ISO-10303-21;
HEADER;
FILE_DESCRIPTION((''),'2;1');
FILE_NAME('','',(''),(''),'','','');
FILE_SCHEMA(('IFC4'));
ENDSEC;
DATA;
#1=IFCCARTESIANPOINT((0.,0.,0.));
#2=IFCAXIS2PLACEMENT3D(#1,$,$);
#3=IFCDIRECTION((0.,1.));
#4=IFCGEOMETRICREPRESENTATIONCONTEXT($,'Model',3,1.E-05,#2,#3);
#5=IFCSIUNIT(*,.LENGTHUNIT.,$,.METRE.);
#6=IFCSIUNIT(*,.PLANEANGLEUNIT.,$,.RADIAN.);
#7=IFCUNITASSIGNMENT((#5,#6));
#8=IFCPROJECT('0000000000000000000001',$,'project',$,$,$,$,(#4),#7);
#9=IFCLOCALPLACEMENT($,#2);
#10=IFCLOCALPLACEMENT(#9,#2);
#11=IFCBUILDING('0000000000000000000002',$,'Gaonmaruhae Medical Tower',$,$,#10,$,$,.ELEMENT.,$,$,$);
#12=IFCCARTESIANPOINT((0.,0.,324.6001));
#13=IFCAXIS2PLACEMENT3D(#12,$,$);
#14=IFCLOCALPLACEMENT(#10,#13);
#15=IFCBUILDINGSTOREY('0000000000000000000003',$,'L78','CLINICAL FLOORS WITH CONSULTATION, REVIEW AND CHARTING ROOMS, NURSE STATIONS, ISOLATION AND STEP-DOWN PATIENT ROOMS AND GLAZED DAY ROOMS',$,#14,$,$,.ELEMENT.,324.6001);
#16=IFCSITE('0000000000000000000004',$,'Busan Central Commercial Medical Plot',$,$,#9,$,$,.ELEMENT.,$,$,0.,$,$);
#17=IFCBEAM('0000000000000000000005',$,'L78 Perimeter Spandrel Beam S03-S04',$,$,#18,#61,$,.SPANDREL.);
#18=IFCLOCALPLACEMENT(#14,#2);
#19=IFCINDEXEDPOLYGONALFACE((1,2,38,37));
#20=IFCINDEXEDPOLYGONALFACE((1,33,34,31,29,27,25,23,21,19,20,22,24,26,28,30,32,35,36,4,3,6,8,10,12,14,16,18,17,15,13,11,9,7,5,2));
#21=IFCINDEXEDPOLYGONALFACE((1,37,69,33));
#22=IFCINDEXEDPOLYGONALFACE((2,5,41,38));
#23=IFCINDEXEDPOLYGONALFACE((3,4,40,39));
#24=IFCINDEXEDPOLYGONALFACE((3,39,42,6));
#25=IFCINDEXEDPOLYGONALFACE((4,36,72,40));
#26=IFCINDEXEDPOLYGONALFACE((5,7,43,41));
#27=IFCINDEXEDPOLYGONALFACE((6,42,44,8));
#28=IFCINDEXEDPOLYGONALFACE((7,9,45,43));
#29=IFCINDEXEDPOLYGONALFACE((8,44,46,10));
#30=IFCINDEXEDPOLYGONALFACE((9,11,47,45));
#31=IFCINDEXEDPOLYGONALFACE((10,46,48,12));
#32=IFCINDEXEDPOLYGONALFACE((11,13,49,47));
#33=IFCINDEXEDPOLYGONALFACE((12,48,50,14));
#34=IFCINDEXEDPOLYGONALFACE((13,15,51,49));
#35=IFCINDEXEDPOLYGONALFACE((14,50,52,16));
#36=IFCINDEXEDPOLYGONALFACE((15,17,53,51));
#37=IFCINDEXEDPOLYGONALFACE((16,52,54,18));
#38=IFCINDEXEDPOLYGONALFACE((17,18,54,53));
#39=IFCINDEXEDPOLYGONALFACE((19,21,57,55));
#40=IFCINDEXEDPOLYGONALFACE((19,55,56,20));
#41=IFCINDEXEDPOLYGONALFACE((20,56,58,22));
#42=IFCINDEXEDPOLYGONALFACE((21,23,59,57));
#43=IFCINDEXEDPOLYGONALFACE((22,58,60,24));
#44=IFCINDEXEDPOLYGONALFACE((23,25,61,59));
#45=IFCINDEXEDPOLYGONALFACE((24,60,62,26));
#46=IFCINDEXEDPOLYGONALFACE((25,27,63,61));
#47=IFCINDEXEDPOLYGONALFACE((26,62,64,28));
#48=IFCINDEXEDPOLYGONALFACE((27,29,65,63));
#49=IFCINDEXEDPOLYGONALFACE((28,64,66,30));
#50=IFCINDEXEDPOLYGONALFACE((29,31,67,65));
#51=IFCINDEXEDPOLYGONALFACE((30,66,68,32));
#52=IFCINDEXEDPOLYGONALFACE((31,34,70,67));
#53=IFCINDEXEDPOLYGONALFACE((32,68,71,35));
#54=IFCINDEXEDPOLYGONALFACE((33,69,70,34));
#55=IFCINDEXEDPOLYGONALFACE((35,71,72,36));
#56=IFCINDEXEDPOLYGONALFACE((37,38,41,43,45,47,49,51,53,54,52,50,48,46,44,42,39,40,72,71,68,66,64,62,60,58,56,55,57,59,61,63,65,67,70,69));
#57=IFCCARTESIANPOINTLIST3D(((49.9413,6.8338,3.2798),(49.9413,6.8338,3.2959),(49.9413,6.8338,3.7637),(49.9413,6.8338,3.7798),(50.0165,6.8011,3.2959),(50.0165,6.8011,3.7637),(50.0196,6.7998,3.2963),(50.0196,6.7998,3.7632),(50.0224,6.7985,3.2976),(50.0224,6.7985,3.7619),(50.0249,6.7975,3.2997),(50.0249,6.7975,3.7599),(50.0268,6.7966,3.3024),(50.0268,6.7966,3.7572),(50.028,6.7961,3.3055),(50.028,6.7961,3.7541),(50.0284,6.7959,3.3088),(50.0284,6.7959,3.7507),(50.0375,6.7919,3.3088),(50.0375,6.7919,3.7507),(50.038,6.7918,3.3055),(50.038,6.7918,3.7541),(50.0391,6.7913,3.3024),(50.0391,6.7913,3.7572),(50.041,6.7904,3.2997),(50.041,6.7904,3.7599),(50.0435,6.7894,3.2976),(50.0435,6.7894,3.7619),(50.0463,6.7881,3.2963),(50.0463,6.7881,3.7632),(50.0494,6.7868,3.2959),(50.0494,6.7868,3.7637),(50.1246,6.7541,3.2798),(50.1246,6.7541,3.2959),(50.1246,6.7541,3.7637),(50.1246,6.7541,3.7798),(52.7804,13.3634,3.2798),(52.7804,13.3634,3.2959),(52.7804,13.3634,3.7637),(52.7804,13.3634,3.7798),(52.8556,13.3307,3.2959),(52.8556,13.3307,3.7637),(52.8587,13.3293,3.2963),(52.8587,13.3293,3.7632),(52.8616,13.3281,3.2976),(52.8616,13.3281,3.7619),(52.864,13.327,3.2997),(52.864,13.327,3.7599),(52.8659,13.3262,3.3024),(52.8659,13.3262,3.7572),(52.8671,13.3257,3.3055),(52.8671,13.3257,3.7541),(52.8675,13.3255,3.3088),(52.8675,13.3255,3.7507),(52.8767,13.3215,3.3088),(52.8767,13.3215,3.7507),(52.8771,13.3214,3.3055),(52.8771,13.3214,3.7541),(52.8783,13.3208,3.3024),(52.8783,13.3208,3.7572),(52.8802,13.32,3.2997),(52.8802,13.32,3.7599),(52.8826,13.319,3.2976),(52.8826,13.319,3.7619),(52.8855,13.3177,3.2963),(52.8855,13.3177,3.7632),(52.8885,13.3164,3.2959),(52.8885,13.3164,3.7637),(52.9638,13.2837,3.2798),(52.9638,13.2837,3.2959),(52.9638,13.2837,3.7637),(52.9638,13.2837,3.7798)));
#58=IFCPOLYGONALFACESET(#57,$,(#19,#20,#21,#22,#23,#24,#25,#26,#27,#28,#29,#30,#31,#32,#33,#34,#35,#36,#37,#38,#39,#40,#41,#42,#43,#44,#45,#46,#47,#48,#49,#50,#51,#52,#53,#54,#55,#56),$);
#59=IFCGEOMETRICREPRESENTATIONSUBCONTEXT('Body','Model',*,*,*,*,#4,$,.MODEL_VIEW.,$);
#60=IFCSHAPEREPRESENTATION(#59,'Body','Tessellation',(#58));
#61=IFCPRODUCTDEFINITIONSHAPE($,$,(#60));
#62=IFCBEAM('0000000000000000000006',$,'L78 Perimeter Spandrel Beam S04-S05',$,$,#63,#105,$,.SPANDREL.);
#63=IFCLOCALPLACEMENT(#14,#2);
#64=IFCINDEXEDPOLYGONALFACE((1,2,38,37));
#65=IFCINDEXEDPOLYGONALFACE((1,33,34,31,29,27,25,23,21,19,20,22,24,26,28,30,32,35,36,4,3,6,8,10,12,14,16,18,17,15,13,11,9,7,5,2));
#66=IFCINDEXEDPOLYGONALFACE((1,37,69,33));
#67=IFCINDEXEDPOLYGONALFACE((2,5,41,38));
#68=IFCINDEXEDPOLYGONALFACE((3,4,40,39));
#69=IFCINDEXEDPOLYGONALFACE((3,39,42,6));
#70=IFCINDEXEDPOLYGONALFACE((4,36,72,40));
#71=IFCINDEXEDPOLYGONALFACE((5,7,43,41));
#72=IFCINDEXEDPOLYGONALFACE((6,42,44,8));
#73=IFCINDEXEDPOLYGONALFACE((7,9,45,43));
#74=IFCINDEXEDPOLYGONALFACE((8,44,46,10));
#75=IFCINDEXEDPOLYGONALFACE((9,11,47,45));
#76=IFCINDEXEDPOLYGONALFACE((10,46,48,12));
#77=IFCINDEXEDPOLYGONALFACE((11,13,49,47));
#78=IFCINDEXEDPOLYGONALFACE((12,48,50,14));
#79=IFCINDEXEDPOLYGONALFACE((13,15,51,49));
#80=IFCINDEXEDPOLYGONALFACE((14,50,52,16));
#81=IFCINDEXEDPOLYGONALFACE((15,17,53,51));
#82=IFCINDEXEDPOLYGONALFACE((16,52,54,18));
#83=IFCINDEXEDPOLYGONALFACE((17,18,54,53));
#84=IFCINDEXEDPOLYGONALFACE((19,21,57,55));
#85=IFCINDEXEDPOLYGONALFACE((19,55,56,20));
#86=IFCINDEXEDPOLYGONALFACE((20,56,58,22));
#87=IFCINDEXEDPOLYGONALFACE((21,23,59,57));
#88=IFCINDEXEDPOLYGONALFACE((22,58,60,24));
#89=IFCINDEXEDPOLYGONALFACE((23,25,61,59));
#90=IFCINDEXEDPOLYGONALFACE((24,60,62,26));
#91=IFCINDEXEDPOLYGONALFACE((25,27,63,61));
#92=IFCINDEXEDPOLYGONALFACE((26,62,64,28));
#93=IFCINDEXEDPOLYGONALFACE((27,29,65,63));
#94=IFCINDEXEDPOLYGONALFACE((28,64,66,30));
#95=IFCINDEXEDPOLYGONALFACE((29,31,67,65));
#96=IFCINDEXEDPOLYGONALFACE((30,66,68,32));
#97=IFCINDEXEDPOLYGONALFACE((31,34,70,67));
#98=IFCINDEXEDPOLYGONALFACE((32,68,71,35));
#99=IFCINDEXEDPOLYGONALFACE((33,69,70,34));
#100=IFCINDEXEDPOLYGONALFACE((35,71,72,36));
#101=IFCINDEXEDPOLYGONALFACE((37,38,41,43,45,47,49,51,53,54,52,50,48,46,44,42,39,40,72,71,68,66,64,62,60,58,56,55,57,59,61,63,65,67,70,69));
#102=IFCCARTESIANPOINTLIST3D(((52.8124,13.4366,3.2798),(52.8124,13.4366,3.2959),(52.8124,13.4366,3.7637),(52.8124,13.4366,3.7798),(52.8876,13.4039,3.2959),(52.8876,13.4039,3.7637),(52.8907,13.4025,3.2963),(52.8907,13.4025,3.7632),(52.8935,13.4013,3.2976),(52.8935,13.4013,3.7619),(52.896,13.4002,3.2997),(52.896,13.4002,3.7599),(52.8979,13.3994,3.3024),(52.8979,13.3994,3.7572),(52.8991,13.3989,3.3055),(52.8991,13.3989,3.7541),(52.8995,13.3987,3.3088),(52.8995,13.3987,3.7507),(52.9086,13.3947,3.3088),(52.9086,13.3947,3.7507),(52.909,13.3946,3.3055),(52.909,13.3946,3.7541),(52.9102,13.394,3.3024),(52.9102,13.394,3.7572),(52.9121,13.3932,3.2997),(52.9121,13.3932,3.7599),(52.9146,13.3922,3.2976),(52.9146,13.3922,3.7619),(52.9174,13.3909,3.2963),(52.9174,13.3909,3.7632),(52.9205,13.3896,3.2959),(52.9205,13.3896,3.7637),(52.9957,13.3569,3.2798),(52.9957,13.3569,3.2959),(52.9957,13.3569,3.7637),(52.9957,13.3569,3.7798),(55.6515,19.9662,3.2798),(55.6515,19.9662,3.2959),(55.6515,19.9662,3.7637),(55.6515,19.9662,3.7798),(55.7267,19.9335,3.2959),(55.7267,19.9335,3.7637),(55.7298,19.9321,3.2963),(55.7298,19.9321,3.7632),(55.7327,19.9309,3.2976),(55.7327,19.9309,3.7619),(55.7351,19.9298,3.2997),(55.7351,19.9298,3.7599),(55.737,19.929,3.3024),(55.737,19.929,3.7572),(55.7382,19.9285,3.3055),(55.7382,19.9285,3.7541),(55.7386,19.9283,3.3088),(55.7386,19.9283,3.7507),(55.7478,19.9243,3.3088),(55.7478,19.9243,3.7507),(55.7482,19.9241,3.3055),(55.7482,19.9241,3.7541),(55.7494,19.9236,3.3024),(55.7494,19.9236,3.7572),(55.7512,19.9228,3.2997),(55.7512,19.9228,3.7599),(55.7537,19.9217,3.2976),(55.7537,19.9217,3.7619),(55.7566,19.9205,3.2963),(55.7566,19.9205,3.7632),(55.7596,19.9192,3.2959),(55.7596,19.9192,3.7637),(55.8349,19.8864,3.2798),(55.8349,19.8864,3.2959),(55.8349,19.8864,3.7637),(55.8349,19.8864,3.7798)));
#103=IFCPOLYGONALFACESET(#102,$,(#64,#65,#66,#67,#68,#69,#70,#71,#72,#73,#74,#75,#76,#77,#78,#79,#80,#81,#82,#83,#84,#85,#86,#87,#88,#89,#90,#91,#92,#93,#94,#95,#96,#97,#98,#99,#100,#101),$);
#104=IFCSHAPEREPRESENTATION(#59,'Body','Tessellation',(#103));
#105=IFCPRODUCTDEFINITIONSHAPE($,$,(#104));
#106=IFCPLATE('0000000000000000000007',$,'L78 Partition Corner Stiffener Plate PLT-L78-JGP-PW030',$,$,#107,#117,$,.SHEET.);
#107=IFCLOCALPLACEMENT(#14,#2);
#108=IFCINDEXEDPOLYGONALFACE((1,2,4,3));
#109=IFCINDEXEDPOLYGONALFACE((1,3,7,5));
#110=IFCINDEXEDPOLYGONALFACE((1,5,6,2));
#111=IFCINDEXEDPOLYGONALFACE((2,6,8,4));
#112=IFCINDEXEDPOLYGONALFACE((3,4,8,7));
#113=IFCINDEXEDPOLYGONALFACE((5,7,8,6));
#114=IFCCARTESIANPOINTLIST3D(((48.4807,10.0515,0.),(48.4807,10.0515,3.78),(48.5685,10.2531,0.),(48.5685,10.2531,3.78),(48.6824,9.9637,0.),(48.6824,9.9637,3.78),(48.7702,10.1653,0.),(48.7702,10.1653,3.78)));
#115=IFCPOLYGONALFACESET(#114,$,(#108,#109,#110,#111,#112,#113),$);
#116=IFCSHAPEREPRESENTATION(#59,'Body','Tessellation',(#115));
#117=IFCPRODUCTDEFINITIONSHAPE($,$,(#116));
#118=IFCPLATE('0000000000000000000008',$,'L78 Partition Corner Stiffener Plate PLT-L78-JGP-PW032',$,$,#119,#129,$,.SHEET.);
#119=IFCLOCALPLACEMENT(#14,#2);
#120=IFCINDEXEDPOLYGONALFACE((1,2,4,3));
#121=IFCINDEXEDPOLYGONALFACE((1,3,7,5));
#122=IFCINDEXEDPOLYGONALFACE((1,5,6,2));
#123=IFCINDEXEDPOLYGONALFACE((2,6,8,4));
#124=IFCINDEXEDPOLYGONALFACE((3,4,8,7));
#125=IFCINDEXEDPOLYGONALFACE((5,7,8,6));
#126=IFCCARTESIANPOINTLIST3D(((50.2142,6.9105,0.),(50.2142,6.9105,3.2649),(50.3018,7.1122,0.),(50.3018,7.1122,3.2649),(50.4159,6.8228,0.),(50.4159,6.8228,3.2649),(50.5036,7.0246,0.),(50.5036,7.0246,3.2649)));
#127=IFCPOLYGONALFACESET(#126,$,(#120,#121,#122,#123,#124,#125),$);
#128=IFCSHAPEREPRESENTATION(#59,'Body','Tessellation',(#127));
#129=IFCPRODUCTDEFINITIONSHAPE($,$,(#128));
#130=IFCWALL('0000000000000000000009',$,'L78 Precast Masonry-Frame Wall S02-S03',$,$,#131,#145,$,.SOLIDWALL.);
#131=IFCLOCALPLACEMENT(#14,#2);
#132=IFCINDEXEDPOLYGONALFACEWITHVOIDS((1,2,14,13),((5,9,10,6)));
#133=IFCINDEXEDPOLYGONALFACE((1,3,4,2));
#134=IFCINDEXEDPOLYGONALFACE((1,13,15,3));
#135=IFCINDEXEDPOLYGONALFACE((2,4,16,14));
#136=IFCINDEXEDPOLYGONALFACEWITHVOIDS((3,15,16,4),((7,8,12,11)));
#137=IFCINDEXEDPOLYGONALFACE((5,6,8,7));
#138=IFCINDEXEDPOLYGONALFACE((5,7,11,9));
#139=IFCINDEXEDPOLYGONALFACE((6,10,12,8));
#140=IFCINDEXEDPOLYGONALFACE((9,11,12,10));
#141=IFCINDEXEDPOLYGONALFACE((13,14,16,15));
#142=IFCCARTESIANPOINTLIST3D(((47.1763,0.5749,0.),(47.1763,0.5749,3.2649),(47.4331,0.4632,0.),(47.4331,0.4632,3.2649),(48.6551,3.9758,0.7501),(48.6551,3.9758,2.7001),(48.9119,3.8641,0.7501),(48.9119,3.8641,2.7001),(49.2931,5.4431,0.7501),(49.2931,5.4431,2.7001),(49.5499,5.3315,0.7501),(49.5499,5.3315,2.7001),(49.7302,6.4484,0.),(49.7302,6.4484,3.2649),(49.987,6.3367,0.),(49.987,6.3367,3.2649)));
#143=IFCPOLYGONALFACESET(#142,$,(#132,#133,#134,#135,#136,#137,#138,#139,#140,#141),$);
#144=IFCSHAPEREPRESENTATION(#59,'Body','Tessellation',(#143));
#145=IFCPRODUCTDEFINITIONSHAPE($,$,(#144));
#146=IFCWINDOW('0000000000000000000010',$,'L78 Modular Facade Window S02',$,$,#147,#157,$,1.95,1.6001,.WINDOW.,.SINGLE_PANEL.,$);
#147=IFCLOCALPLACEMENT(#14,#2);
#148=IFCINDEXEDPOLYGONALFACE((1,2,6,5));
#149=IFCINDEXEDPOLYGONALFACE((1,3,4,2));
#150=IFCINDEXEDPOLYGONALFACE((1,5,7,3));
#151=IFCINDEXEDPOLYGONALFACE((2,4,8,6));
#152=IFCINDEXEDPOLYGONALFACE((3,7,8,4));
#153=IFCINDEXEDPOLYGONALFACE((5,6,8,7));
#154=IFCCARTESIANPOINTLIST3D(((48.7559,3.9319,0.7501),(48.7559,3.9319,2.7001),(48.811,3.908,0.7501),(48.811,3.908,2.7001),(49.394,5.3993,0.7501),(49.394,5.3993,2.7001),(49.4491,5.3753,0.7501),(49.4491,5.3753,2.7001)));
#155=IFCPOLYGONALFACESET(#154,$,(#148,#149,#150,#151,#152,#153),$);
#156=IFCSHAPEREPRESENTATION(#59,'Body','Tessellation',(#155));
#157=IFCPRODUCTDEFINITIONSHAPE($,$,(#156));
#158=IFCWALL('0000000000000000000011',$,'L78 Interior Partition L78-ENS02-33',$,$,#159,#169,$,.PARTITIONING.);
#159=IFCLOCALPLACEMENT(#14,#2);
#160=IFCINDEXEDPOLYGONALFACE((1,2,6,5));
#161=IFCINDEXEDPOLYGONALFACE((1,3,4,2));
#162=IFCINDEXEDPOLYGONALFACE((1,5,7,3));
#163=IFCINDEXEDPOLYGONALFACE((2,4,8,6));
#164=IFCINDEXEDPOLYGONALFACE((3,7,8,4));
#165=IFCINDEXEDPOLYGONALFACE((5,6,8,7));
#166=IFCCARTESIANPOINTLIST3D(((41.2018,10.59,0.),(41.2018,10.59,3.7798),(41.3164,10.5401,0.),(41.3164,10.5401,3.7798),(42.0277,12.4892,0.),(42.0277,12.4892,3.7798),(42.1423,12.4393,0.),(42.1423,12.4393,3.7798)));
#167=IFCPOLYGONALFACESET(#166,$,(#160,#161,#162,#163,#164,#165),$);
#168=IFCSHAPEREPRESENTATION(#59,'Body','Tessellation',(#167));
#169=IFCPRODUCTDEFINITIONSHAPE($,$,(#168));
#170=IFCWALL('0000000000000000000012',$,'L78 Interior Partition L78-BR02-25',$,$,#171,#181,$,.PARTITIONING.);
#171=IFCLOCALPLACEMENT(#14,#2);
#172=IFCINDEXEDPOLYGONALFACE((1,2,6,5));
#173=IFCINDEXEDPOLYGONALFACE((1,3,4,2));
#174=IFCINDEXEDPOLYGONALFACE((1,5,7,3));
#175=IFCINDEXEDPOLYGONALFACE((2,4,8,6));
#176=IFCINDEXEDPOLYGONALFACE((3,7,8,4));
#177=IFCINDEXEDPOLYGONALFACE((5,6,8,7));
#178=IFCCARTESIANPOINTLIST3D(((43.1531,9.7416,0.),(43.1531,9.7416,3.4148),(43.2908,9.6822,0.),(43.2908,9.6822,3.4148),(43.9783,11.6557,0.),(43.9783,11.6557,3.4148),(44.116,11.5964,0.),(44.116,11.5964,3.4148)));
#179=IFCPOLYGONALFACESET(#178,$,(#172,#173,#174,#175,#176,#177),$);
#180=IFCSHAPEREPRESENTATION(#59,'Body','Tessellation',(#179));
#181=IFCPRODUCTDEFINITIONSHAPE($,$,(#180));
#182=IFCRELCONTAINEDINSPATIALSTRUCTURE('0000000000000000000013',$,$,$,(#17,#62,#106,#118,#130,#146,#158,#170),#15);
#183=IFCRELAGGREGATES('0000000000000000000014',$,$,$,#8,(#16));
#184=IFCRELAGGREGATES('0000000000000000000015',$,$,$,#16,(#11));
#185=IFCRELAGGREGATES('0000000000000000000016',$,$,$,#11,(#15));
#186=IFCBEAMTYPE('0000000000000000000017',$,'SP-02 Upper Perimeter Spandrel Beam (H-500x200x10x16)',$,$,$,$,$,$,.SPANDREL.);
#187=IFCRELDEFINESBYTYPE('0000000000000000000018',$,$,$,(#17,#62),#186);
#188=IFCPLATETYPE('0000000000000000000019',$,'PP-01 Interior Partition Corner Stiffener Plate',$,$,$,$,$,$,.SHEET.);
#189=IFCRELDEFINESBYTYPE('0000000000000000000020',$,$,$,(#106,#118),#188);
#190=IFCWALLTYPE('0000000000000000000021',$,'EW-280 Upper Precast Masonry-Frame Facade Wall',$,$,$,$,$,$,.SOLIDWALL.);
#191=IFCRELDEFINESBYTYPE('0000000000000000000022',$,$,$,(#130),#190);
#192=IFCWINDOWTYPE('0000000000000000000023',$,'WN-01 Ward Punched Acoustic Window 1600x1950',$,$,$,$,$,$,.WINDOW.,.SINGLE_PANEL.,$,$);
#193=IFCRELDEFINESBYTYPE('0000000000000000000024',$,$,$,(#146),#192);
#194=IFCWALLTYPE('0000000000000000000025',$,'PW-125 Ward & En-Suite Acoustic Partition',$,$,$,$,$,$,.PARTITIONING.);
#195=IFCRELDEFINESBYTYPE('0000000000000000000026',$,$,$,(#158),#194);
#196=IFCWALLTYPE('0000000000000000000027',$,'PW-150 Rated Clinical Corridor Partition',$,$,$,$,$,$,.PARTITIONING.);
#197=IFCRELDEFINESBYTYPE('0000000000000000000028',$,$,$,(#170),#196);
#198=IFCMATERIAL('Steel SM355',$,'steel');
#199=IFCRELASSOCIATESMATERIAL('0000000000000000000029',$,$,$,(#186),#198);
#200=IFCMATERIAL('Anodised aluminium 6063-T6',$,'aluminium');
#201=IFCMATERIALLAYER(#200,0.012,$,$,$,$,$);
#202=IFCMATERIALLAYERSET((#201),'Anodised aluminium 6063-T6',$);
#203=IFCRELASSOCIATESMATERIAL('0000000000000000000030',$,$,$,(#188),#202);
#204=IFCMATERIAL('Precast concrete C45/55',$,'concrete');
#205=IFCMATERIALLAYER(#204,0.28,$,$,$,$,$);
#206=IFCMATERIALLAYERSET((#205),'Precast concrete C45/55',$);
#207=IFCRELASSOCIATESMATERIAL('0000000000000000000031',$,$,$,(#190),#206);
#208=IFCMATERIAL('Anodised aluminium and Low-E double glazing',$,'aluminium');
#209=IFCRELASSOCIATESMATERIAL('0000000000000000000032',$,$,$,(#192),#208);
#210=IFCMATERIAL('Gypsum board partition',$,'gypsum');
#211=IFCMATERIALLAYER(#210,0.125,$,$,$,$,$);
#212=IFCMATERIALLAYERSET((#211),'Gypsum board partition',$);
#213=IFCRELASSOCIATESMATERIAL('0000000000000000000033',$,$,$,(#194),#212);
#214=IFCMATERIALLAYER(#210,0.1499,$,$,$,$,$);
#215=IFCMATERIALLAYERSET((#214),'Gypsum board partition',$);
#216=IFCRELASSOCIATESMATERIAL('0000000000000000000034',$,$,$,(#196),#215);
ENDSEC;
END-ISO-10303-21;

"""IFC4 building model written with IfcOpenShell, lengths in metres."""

from ifc_helpers import new_model, si_unit, direction, frame, frame_2d, origin, origin_2d, place, context, subcontext, project, spatial, rectangle, i_section, extrude, material, layer, layer_set, material_profile, profile_set, type_object, element, fill, save


model = new_model("IFC4")

# Units and contexts
model_context = context("Model", 3, precision=1e-05, world=origin(), true_north=direction((0.0, 1.0)))
body_context = subcontext(model_context, "Body", "Model", "MODEL_VIEW")
ifc_project = project(units=[si_unit("LENGTHUNIT", "METRE"), si_unit("PLANEANGLEUNIT", "RADIAN")], contexts=[model_context])

# Site, building, storey
site_placement = place(None, origin())
site = spatial("IfcSite", under=ifc_project, at=site_placement, Name="Busan Central Commercial Medical Plot", CompositionType="ELEMENT", RefElevation=0.0)
building_placement = place(site_placement, origin())
building = spatial("IfcBuilding", under=site, at=building_placement, Name="Gaonmaruhae Medical Tower", CompositionType="ELEMENT")
storey_placement = place(building_placement, frame((0.0, 0.0, 324.6001)))
storey = spatial("IfcBuildingStorey", under=building, at=storey_placement, Name="L78", Description="CLINICAL FLOORS WITH CONSULTATION, REVIEW AND CHARTING ROOMS, NURSE STATIONS, ISOLATION AND STEP-DOWN PATIENT ROOMS AND GLAZED DAY ROOMS", CompositionType="ELEMENT", Elevation=324.6001)

# Beams
ifc_material_1 = material(Name="Steel SM355", Category="steel")
ifc_material_profile_1 = material_profile(ifc_material_1, i_section(OverallWidth=0.2, OverallDepth=0.5, WebThickness=0.01, FlangeThickness=0.0161, FilletRadius=0.0129, at=origin_2d()), Name="H-500x200x10x16")
ifc_profile_set_1 = profile_set([ifc_material_profile_1], Name="Steel SM355")
beam_type_1 = type_object("IfcBeamType", Name="SP-02 Upper Perimeter Spandrel Beam (H-500x200x10x16)", PredefinedType="SPANDREL", material=ifc_profile_set_1)
for number, where, z_axis, x_axis, name in (
    (1, (50.033, 6.7939, 3.5298), (0.398747, 0.917061, 0.0), (-0.917061, 0.398747, 0.0), "L78 Perimeter Spandrel Beam S03-S04"),
    (2, (52.9041, 13.3967, 3.5298), (0.398747, 0.917061, 0.0), (-0.917061, 0.398747, 0.0), "L78 Perimeter Spandrel Beam S04-S05"),
):
    element("IfcBeam", number, at=place(storey_placement, frame(where, z_axis=z_axis, x_axis=x_axis)), inside=storey, type_object=beam_type_1, Name=name, PredefinedType="SPANDREL", context=body_context, shape_type="SweptSolid", body=[
        extrude(i_section(OverallWidth=0.2, OverallDepth=0.5, WebThickness=0.01, FlangeThickness=0.0161, FilletRadius=0.0129, at=origin_2d()), origin(), (0.0, 0.0, 1.0), 7.1201),
    ])

# Plates
ifc_material_2 = material(Name="Anodised aluminium 6063-T6", Category="aluminium")
ifc_layer_1 = layer(ifc_material_2, 0.012)
ifc_layer_set_1 = layer_set([ifc_layer_1], Name="Anodised aluminium 6063-T6")
plate_type = type_object("IfcPlateType", Name="PP-01 Interior Partition Corner Stiffener Plate", PredefinedType="SHEET", material=ifc_layer_set_1)
plate_1_placement = place(storey_placement, frame((48.6255, 10.1084, 0.0), z_axis=(0.0, 0.0, 1.0), x_axis=(0.916872, -0.399181, 0.0)))
element("IfcPlate", 3, at=plate_1_placement, inside=storey, type_object=plate_type, Name="L78 Partition Corner Stiffener Plate PLT-L78-JGP-PW030", PredefinedType="SHEET", context=body_context, shape_type="SweptSolid", body=[
    extrude(rectangle(XDim=0.22, YDim=0.22, at=origin_2d()), origin(), (0.0, 0.0, 1.0), 3.78),
])
plate_2_placement = place(storey_placement, frame((50.3589, 6.9675, 0.0), z_axis=(0.0, 0.0, 1.0), x_axis=(-0.398509, -0.917164, 0.0)))
element("IfcPlate", 4, at=plate_2_placement, inside=storey, type_object=plate_type, Name="L78 Partition Corner Stiffener Plate PLT-L78-JGP-PW032", PredefinedType="SHEET", context=body_context, shape_type="SweptSolid", body=[
    extrude(rectangle(XDim=0.22, YDim=0.22, at=origin_2d()), origin(), (0.0, 0.0, 1.0), 3.2649),
])

# Wall, opening, window
ifc_material_3 = material(Name="Precast concrete C45/55", Category="concrete")
ifc_layer_2 = layer(ifc_material_3, 0.28)
ifc_layer_set_2 = layer_set([ifc_layer_2], Name="Precast concrete C45/55")
wall_type_1 = type_object("IfcWallType", Name="EW-280 Upper Precast Masonry-Frame Facade Wall", PredefinedType="SOLIDWALL", material=ifc_layer_set_2)
wall_1_placement = place(storey_placement, frame((49.8586, 6.3926, 0.0), z_axis=(0.0, 0.0, 1.0), x_axis=(-0.398758, -0.917056, 0.0)))
wall_1 = element("IfcWall", 5, at=wall_1_placement, inside=storey, type_object=wall_type_1, Name="L78 Precast Masonry-Frame Wall S02-S03", PredefinedType="SOLIDWALL", context=body_context, shape_type="SweptSolid", body=[
    extrude(rectangle(XDim=6.4048, YDim=0.28, at=frame_2d((3.2024, 0.0))), origin(), (0.0, 0.0, 1.0), 3.2649),
])
opening_1_placement = place(wall_1_placement, frame((1.0962, 0.0, 0.75)))
opening_1 = element("IfcOpeningElement", 6, at=opening_1_placement, cuts=wall_1, PredefinedType="OPENING", context=body_context, shape_type="SweptSolid", body=[
    extrude(rectangle(XDim=1.6001, YDim=1.95, at=frame_2d((0.8, 0.9751))), frame((0.0, 0.1499, 0.0), z_axis=(0.0, -1.0, 0.0), x_axis=(1.0, 0.0, 0.0)), (0.0, 0.0, 1.0), 0.3),
])
ifc_material_4 = material(Name="Anodised aluminium and Low-E double glazing", Category="aluminium")
window_type = type_object("IfcWindowType", Name="WN-01 Ward Punched Acoustic Window 1600x1950", PartitioningType="SINGLE_PANEL", PredefinedType="WINDOW", material=ifc_material_4)
window_placement = place(opening_1_placement, origin())
window = element("IfcWindow", 7, at=window_placement, inside=storey, type_object=window_type, Name="L78 Modular Facade Window S02", OverallHeight=1.95, OverallWidth=1.6001, PartitioningType="SINGLE_PANEL", PredefinedType="WINDOW", context=body_context, shape_type="SweptSolid", body=[
    extrude(rectangle(XDim=1.6001, YDim=1.95, at=frame_2d((0.8, 0.9751))), frame((0.0, 0.03, 0.0), z_axis=(0.0, -1.0, 0.0), x_axis=(1.0, 0.0, 0.0)), (0.0, 0.0, 1.0), 0.0601),
])
fill(opening_1, window)

# Walls
ifc_material_5 = material(Name="Gypsum board partition", Category="gypsum")
ifc_layer_3 = layer(ifc_material_5, 0.125)
ifc_layer_set_3 = layer_set([ifc_layer_3], Name="Gypsum board partition")
wall_type_2 = type_object("IfcWallType", Name="PW-125 Ward & En-Suite Acoustic Partition", PredefinedType="PARTITIONING", material=ifc_layer_set_3)
wall_2_placement = place(storey_placement, frame((41.259, 10.5649, 0.0), z_axis=(0.0, 0.0, 1.0), x_axis=(0.398808, 0.917034, 0.0)))
element("IfcWall", 8, at=wall_2_placement, inside=storey, type_object=wall_type_2, Name="L78 Interior Partition L78-ENS02-33", PredefinedType="PARTITIONING", context=body_context, shape_type="SweptSolid", body=[
    extrude(rectangle(XDim=2.071, YDim=0.125, at=frame_2d((1.0356, 0.0))), origin(), (0.0, 0.0, 1.0), 3.7798),
])
ifc_layer_4 = layer(ifc_material_5, 0.1499)
ifc_layer_set_4 = layer_set([ifc_layer_4], Name="Gypsum board partition")
wall_type_3 = type_object("IfcWallType", Name="PW-150 Rated Clinical Corridor Partition", PredefinedType="PARTITIONING", material=ifc_layer_set_4)
wall_3_placement = place(storey_placement, frame((43.2219, 9.7119, 0.0), z_axis=(0.0, 0.0, 1.0), x_axis=(0.395897, 0.918295, 0.0)))
element("IfcWall", 9, at=wall_3_placement, inside=storey, type_object=wall_type_3, Name="L78 Interior Partition L78-BR02-25", PredefinedType="PARTITIONING", context=body_context, shape_type="SweptSolid", body=[
    extrude(rectangle(XDim=2.0845, YDim=0.1499, at=frame_2d((1.0422, 0.0))), origin(), (0.0, 0.0, 1.0), 3.4148),
])

save(model, "model.ifc")
